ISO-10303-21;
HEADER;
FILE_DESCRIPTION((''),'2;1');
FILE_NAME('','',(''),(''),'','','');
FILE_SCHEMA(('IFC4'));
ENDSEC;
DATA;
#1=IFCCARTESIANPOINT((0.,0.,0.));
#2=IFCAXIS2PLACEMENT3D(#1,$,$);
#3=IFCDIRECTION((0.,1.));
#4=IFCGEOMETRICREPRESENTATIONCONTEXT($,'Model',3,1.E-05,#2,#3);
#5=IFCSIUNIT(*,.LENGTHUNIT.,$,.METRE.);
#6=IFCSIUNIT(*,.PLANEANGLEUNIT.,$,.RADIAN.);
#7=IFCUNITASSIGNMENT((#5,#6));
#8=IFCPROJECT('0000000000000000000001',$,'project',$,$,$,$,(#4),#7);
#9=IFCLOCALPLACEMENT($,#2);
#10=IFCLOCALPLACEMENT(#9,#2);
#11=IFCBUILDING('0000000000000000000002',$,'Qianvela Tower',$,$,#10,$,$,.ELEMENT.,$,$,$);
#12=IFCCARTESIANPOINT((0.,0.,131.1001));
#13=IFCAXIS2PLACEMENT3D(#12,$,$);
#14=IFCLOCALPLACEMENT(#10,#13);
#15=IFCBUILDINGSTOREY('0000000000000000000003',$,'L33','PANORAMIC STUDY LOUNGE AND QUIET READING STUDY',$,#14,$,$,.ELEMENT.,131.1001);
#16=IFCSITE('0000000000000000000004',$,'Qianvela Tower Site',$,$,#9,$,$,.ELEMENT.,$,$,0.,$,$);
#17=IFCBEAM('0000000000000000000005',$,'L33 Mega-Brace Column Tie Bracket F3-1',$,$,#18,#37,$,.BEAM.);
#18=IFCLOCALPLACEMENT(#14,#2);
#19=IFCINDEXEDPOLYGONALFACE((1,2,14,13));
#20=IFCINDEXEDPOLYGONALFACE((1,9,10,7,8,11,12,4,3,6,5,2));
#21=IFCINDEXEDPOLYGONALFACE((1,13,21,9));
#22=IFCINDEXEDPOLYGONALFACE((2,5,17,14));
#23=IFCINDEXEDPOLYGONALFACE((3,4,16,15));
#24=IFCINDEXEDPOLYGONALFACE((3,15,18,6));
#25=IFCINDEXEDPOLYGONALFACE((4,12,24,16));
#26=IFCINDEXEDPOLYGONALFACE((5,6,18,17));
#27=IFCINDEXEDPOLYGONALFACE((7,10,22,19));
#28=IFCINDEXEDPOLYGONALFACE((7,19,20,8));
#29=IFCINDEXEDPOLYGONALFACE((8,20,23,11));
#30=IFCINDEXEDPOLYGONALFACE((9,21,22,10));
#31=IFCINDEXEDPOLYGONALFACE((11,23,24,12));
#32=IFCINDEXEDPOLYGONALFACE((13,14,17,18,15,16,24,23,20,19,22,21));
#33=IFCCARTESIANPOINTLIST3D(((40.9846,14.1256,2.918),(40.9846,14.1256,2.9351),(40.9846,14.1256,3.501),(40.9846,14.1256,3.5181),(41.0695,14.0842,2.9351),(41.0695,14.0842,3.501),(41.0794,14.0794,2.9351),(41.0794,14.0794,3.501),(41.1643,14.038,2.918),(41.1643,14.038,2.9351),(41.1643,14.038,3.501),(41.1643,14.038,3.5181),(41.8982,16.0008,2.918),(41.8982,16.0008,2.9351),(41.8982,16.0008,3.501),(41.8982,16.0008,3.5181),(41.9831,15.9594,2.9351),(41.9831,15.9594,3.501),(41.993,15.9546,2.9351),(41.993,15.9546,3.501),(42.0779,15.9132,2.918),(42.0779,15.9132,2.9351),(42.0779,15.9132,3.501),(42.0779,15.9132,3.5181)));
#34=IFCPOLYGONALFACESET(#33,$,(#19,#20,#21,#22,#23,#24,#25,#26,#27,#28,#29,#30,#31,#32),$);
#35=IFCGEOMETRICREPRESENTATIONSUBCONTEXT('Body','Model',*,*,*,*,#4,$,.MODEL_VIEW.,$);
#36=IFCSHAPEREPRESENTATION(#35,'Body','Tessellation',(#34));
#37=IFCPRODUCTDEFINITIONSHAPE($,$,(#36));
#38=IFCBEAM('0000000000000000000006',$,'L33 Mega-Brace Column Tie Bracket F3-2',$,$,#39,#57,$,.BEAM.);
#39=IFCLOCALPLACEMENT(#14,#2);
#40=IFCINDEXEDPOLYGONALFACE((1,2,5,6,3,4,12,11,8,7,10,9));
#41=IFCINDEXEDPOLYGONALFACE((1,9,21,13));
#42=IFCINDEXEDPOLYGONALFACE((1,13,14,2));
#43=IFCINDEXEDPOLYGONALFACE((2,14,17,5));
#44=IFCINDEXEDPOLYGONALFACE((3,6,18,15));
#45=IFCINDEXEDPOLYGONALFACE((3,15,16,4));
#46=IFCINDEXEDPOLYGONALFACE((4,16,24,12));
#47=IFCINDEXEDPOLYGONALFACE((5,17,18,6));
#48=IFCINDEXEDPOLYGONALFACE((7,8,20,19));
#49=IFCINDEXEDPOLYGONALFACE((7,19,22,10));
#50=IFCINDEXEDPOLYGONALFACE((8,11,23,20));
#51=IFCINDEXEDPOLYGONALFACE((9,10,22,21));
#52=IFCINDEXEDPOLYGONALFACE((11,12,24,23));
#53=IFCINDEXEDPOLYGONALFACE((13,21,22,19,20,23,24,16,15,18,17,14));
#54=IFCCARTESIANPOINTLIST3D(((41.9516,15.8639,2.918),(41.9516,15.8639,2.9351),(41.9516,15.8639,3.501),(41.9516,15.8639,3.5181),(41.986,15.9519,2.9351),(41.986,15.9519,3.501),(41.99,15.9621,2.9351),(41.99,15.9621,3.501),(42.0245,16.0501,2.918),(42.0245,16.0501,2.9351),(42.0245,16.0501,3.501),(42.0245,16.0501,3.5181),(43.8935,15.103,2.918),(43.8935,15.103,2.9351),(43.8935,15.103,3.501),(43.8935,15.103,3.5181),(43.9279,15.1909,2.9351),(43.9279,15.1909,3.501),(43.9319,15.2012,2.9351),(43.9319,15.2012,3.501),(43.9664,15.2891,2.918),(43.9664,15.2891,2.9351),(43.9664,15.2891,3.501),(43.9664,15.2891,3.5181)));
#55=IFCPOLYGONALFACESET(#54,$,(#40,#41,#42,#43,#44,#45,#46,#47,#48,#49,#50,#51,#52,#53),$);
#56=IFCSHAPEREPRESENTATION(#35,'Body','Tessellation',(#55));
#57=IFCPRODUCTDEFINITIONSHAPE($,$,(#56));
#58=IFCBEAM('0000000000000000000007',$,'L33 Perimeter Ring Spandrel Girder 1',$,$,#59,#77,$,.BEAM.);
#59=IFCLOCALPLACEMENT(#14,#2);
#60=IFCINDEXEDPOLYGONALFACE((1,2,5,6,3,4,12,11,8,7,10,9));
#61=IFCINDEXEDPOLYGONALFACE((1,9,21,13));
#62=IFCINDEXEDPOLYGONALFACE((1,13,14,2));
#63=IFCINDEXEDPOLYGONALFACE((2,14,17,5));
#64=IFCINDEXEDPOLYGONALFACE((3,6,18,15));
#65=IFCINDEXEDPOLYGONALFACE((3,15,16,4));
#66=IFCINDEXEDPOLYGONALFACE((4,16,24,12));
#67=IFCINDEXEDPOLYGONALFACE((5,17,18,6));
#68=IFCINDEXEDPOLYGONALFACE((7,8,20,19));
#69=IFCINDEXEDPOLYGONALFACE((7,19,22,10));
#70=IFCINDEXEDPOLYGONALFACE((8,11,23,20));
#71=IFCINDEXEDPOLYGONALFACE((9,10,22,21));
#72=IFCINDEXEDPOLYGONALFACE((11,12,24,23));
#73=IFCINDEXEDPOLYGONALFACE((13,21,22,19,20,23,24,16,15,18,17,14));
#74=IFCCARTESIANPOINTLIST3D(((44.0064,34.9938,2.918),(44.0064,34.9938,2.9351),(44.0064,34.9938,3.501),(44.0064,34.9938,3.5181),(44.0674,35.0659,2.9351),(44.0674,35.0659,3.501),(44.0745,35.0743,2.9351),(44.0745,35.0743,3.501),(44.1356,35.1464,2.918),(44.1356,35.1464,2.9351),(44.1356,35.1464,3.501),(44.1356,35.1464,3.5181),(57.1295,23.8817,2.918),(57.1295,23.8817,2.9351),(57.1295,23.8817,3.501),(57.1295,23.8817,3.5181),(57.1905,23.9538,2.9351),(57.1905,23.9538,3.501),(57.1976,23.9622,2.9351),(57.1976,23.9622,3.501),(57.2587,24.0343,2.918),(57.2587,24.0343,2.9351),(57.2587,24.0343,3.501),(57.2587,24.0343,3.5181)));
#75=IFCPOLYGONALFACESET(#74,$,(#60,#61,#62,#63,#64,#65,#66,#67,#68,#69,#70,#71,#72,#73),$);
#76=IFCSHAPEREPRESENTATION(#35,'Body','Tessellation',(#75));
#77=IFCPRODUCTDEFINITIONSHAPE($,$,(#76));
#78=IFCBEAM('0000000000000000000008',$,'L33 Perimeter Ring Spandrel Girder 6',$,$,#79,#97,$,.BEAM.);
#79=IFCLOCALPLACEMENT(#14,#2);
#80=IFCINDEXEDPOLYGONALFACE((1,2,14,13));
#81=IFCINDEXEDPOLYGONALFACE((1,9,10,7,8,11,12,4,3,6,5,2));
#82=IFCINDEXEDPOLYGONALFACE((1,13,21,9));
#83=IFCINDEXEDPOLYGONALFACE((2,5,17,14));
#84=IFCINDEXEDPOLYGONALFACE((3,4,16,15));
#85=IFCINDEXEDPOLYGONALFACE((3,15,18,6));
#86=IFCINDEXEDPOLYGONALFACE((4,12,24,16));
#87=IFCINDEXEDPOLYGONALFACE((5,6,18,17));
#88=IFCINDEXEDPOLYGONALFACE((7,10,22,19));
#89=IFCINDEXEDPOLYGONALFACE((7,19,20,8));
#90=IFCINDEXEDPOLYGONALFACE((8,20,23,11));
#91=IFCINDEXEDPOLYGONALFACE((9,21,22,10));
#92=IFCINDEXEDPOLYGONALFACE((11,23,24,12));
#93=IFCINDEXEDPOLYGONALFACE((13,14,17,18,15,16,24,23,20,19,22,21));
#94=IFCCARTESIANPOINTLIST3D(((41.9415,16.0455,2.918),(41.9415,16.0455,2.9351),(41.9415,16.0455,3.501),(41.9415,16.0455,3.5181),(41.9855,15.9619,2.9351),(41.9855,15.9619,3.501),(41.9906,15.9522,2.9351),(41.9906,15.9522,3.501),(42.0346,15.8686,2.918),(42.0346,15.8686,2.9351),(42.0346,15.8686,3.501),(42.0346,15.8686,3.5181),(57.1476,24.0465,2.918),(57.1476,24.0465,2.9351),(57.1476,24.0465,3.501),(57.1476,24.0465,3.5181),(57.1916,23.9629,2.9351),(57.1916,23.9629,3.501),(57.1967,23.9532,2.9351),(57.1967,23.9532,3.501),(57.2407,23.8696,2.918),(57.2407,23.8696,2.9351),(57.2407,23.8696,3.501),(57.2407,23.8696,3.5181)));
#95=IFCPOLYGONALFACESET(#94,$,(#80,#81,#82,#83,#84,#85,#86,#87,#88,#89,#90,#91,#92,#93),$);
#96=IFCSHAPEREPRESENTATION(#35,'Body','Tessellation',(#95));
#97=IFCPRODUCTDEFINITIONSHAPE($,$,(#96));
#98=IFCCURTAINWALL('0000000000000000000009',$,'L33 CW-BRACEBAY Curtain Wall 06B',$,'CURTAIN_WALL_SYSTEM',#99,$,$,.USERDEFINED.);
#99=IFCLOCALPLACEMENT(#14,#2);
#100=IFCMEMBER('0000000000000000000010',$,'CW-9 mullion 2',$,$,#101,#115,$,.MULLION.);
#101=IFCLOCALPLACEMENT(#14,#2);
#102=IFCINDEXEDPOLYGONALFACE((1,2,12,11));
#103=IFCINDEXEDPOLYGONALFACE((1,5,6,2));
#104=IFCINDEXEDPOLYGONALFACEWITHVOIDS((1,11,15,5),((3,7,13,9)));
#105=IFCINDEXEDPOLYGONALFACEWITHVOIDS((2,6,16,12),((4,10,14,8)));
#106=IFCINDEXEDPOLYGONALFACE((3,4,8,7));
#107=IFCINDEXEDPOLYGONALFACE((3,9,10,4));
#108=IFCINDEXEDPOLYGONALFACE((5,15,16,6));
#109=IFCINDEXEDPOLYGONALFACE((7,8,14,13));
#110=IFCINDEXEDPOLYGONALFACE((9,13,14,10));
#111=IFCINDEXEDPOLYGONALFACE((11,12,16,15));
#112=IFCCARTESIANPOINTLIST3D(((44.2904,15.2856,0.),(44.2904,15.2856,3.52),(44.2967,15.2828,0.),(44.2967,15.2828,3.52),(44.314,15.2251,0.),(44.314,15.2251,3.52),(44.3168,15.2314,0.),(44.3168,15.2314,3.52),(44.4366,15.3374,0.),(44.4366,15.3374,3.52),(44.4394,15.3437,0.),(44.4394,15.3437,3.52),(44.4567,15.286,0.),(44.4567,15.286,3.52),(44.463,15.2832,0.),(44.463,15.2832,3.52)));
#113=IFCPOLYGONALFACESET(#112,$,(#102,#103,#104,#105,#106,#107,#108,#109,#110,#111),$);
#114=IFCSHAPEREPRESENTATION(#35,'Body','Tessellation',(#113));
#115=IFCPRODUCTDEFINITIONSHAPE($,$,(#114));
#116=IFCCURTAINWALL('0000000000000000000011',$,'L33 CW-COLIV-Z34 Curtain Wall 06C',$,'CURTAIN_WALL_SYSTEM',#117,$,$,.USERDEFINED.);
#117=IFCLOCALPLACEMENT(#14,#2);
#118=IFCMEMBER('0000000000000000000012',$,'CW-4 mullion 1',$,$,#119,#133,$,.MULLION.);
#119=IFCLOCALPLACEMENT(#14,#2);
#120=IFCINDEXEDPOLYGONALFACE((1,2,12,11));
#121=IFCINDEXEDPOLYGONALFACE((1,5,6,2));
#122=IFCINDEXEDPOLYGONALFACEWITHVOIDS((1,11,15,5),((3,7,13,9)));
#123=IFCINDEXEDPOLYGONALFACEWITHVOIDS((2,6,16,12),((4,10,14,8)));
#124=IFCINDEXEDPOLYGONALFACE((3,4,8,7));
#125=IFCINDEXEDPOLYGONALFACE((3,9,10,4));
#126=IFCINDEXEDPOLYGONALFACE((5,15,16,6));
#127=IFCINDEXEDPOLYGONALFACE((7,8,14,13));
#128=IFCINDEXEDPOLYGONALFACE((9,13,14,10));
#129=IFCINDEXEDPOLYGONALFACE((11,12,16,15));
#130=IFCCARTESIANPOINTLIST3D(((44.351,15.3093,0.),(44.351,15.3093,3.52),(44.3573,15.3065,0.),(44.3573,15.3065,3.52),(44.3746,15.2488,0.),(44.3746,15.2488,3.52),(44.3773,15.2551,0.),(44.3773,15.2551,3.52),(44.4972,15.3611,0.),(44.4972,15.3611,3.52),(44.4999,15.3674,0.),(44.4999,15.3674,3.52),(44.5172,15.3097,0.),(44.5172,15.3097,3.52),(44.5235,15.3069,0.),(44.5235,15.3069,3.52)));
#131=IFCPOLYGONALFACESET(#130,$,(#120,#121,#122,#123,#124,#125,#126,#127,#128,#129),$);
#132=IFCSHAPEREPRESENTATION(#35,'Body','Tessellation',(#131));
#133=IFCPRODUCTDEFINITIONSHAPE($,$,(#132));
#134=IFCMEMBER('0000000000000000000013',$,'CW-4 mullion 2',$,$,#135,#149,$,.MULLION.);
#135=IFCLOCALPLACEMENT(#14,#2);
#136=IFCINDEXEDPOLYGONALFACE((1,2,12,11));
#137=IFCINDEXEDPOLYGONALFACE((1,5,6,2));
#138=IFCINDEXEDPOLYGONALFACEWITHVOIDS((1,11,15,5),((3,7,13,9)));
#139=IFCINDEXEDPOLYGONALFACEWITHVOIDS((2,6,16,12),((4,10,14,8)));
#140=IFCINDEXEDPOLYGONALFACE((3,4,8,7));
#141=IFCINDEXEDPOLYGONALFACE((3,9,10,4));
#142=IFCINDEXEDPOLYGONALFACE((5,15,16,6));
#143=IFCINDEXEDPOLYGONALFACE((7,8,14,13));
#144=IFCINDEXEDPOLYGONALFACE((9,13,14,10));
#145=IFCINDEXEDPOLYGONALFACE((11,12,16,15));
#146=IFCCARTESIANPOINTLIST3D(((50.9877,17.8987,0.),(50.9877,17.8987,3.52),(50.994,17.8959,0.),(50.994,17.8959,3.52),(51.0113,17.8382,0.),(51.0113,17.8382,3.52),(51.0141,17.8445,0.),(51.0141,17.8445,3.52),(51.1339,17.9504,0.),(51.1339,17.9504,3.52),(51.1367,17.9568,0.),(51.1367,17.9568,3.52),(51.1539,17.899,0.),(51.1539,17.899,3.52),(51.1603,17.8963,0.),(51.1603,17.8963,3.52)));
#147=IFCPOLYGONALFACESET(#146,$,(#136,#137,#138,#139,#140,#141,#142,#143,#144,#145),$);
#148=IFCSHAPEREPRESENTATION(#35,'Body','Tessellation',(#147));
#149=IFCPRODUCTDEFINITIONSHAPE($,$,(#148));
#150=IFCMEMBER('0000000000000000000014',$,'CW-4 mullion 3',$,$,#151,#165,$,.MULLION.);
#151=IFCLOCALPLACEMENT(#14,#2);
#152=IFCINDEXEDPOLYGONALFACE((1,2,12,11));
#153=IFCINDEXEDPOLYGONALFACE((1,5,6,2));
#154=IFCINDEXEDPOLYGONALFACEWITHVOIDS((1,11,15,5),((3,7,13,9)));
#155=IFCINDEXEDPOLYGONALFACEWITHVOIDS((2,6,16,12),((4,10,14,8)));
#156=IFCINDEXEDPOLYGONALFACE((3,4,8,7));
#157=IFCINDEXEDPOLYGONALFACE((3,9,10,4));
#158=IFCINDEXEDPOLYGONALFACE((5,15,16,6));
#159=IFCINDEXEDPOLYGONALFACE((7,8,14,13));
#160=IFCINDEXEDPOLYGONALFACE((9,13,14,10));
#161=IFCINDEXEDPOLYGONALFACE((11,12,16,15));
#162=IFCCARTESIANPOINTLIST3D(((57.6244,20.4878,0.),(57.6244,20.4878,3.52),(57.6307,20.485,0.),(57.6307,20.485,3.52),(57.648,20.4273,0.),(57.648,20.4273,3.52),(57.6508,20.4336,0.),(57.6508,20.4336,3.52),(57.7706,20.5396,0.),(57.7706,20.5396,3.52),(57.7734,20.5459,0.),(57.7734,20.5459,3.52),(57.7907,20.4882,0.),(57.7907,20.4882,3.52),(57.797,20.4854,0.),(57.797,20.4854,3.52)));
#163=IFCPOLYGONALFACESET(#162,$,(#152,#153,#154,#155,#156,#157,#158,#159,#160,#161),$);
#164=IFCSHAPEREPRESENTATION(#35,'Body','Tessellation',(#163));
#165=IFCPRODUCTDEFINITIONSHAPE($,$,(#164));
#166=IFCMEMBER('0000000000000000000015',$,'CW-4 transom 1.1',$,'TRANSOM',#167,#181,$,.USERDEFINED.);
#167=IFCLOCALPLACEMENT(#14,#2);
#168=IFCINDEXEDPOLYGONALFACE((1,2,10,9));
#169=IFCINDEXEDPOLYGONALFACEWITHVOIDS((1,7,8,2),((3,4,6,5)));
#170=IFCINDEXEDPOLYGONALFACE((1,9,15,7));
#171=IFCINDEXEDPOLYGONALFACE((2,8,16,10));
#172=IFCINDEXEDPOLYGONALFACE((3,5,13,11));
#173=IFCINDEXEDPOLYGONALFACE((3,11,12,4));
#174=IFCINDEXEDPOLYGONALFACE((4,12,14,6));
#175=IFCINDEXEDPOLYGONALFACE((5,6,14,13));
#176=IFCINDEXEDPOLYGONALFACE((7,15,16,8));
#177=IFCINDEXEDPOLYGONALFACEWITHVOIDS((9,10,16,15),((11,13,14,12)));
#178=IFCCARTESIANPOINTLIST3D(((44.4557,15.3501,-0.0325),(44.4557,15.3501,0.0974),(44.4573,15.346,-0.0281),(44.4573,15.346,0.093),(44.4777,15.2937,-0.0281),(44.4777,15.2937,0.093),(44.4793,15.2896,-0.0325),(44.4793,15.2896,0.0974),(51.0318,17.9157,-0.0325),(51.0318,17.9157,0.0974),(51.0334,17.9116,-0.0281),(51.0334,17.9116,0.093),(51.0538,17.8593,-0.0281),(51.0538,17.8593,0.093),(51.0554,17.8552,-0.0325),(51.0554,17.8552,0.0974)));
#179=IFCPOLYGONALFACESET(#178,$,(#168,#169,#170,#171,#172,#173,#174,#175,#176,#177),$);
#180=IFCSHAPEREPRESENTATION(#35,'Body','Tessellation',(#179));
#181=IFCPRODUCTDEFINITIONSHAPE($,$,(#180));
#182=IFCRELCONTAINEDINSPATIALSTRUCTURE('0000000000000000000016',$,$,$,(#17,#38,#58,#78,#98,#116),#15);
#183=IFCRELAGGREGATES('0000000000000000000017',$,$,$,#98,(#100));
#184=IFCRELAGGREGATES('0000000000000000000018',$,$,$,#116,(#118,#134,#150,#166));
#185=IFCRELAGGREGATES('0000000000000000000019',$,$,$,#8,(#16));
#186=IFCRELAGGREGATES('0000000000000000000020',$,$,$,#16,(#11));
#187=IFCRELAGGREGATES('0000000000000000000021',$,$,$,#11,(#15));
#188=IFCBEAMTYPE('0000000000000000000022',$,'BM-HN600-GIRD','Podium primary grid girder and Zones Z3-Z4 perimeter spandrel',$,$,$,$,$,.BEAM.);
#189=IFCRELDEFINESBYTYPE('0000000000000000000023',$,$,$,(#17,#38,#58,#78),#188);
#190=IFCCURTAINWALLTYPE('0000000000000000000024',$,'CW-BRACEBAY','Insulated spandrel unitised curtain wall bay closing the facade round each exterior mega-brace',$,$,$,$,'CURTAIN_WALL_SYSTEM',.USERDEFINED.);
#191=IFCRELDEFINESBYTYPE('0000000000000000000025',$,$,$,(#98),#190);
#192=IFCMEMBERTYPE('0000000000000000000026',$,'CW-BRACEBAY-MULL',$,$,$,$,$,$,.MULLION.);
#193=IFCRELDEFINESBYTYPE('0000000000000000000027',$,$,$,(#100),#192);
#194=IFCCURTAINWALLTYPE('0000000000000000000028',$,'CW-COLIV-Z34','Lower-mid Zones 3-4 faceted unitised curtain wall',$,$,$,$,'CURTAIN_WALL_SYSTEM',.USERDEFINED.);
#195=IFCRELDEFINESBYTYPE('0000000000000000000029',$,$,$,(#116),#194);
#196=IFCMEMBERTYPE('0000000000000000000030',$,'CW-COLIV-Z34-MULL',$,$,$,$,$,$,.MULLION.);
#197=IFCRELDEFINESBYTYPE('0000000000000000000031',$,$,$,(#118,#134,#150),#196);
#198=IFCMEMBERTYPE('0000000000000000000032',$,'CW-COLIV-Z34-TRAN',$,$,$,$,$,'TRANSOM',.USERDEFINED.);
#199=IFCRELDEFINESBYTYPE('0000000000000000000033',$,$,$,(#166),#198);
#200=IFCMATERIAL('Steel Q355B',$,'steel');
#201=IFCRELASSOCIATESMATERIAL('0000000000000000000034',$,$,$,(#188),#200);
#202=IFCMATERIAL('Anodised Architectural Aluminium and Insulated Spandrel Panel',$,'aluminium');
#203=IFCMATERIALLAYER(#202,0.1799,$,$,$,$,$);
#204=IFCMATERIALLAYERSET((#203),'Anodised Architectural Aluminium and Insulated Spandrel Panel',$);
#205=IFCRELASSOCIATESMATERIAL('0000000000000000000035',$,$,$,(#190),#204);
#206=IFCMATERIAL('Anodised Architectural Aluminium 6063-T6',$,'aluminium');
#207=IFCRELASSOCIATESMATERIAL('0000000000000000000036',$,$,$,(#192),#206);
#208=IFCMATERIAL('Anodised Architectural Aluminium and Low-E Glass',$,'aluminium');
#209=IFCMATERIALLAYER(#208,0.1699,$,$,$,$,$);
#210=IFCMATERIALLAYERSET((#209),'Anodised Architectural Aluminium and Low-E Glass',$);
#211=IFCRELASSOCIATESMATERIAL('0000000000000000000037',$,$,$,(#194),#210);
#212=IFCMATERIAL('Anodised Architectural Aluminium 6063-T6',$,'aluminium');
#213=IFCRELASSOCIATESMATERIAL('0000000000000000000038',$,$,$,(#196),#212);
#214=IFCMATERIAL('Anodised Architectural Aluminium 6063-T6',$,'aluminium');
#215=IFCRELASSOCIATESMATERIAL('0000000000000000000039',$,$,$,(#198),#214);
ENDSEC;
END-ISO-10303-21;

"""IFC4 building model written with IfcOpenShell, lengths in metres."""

from ifc_helpers import new_model, si_unit, direction, frame, origin, origin_2d, place, context, subcontext, project, spatial, hollow_rectangle, i_section, extrude, material, layer, layer_set, material_profile, profile_set, type_object, element, aggregate, save


model = new_model("IFC4")

# Units and contexts
model_context = context("Model", 3, precision=1e-05, world=origin(), true_north=direction((0.0, 1.0)))
body_context = subcontext(model_context, "Body", "Model", "MODEL_VIEW")
ifc_project = project(units=[si_unit("LENGTHUNIT", "METRE"), si_unit("PLANEANGLEUNIT", "RADIAN")], contexts=[model_context])

# Site, building, storey
site_placement = place(None, origin())
site = spatial("IfcSite", under=ifc_project, at=site_placement, Name="Qianvela Tower Site", CompositionType="ELEMENT", RefElevation=0.0)
building_placement = place(site_placement, origin())
building = spatial("IfcBuilding", under=site, at=building_placement, Name="Qianvela Tower", CompositionType="ELEMENT")
storey_placement = place(building_placement, frame((0.0, 0.0, 131.1001)))
storey = spatial("IfcBuildingStorey", under=building, at=storey_placement, Name="L33", Description="PANORAMIC STUDY LOUNGE AND QUIET READING STUDY", CompositionType="ELEMENT", Elevation=131.1001)

# Beams
ifc_material_1 = material(Name="Steel Q355B", Category="steel")
ifc_material_profile_1 = material_profile(ifc_material_1, i_section(OverallWidth=0.2, OverallDepth=0.6001, WebThickness=0.011, FlangeThickness=0.0171, at=origin_2d()), Name="HN600x200x11x17")
ifc_profile_set_1 = profile_set([ifc_material_profile_1], Name="Steel Q355B")
beam_type = type_object("IfcBeamType", Name="BM-HN600-GIRD", Description="Podium primary grid girder and Zones Z3-Z4 perimeter spandrel", PredefinedType="BEAM", material=ifc_profile_set_1)
beam_1_placement = place(storey_placement, frame((41.988, 15.957, 3.218), z_axis=(-0.437967, -0.898991, 0.0), x_axis=(0.898991, -0.437967, 0.0)))
element("IfcBeam", 1, at=beam_1_placement, inside=storey, type_object=beam_type, Name="L33 Mega-Brace Column Tie Bracket F3-1", PredefinedType="BEAM", context=body_context, shape_type="SweptSolid", body=[
    extrude(i_section(OverallWidth=0.2, OverallDepth=0.6001, WebThickness=0.011, FlangeThickness=0.0171, at=origin_2d()), origin(), (0.0, 0.0, 1.0), 2.0859),
])
beam_2_placement = place(storey_placement, frame((41.988, 15.957, 3.218), z_axis=(0.931061, -0.364863, 0.0), x_axis=(0.364863, 0.931061, 0.0)))
element("IfcBeam", 2, at=beam_2_placement, inside=storey, type_object=beam_type, Name="L33 Mega-Brace Column Tie Bracket F3-2", PredefinedType="BEAM", context=body_context, shape_type="SweptSolid", body=[
    extrude(i_section(OverallWidth=0.2, OverallDepth=0.6001, WebThickness=0.011, FlangeThickness=0.0171, at=origin_2d()), origin(), (0.0, 0.0, 1.0), 2.0857),
])
beam_3_placement = place(storey_placement, frame((57.1941, 23.958, 3.218), z_axis=(-0.763158, 0.646211, 0.0), x_axis=(-0.646211, -0.763158, 0.0)))
element("IfcBeam", 3, at=beam_3_placement, inside=storey, type_object=beam_type, Name="L33 Perimeter Ring Spandrel Girder 1", PredefinedType="BEAM", context=body_context, shape_type="SweptSolid", body=[
    extrude(i_section(OverallWidth=0.2, OverallDepth=0.6001, WebThickness=0.011, FlangeThickness=0.0171, at=origin_2d()), origin(), (0.0, 0.0, 1.0), 17.1958),
])
beam_4_placement = place(storey_placement, frame((41.988, 15.957, 3.218), z_axis=(0.884971, 0.465646, 0.0), x_axis=(-0.465646, 0.884971, 0.0)))
element("IfcBeam", 4, at=beam_4_placement, inside=storey, type_object=beam_type, Name="L33 Perimeter Ring Spandrel Girder 6", PredefinedType="BEAM", context=body_context, shape_type="SweptSolid", body=[
    extrude(i_section(OverallWidth=0.2, OverallDepth=0.6001, WebThickness=0.011, FlangeThickness=0.0171, at=origin_2d()), origin(), (0.0, 0.0, 1.0), 17.1826),
])

# Curtain wall, member
ifc_material_2 = material(Name="Anodised Architectural Aluminium and Insulated Spandrel Panel", Category="aluminium")
ifc_layer_1 = layer(ifc_material_2, 0.1799)
ifc_layer_set_1 = layer_set([ifc_layer_1], Name="Anodised Architectural Aluminium and Insulated Spandrel Panel")
curtain_wall_type_1 = type_object("IfcCurtainWallType", Name="CW-BRACEBAY", Description="Insulated spandrel unitised curtain wall bay closing the facade round each exterior mega-brace", ElementType="CURTAIN_WALL_SYSTEM", PredefinedType="USERDEFINED", material=ifc_layer_set_1)
curtain_wall_1_placement = place(storey_placement, origin())
curtain_wall_1 = element("IfcCurtainWall", 5, at=curtain_wall_1_placement, inside=storey, type_object=curtain_wall_type_1, Name="L33 CW-BRACEBAY Curtain Wall 06B", ObjectType="CURTAIN_WALL_SYSTEM", PredefinedType="USERDEFINED")
ifc_material_3 = material(Name="Anodised Architectural Aluminium 6063-T6", Category="aluminium")
ifc_material_profile_2 = material_profile(ifc_material_3, hollow_rectangle(XDim=0.0649, YDim=0.1599, WallThickness=0.0049, at=origin_2d()), Name="ALU-MULL-65x160")
ifc_profile_set_2 = profile_set([ifc_material_profile_2], Name="Anodised Architectural Aluminium 6063-T6")
member_type_1 = type_object("IfcMemberType", Name="CW-BRACEBAY-MULL", PredefinedType="MULLION", material=ifc_profile_set_2)
member_1_placement = place(storey_placement, frame((44.3767, 15.2844, 0.0), z_axis=(0.0, 0.0, 1.0), x_axis=(-0.363471, 0.931605, 0.0)))
member_1 = element("IfcMember", 6, at=member_1_placement, type_object=member_type_1, Name="CW-9 mullion 2", PredefinedType="MULLION", context=body_context, shape_type="SweptSolid", body=[
    extrude(hollow_rectangle(XDim=0.0649, YDim=0.1599, WallThickness=0.0049, at=origin_2d()), origin(), (0.0, 0.0, 1.0), 3.52),
])

# Curtain wall, members
ifc_material_4 = material(Name="Anodised Architectural Aluminium and Low-E Glass", Category="aluminium")
ifc_layer_2 = layer(ifc_material_4, 0.1699)
ifc_layer_set_2 = layer_set([ifc_layer_2], Name="Anodised Architectural Aluminium and Low-E Glass")
curtain_wall_type_2 = type_object("IfcCurtainWallType", Name="CW-COLIV-Z34", Description="Lower-mid Zones 3-4 faceted unitised curtain wall", ElementType="CURTAIN_WALL_SYSTEM", PredefinedType="USERDEFINED", material=ifc_layer_set_2)
curtain_wall_2_placement = place(storey_placement, origin())
curtain_wall_2 = element("IfcCurtainWall", 7, at=curtain_wall_2_placement, inside=storey, type_object=curtain_wall_type_2, Name="L33 CW-COLIV-Z34 Curtain Wall 06C", ObjectType="CURTAIN_WALL_SYSTEM", PredefinedType="USERDEFINED")
ifc_material_5 = material(Name="Anodised Architectural Aluminium 6063-T6", Category="aluminium")
ifc_material_profile_3 = material_profile(ifc_material_5, hollow_rectangle(XDim=0.0649, YDim=0.1599, WallThickness=0.0049, at=origin_2d()), Name="ALU-MULL-65x160")
ifc_profile_set_3 = profile_set([ifc_material_profile_3], Name="Anodised Architectural Aluminium 6063-T6")
member_type_2 = type_object("IfcMemberType", Name="CW-COLIV-Z34-MULL", PredefinedType="MULLION", material=ifc_profile_set_3)
member_2_placement = place(storey_placement, frame((44.4373, 15.3081, 0.0), z_axis=(0.0, 0.0, 1.0), x_axis=(-0.363459, 0.93161, 0.0)))
member_2 = element("IfcMember", 8, at=member_2_placement, type_object=member_type_2, Name="CW-4 mullion 1", PredefinedType="MULLION", context=body_context, shape_type="SweptSolid", body=[
    extrude(hollow_rectangle(XDim=0.0649, YDim=0.1599, WallThickness=0.0049, at=origin_2d()), origin(), (0.0, 0.0, 1.0), 3.52),
])
member_3_placement = place(storey_placement, frame((51.074, 17.8975, 0.0), z_axis=(0.0, 0.0, 1.0), x_axis=(-0.363459, 0.93161, 0.0)))
member_3 = element("IfcMember", 9, at=member_3_placement, type_object=member_type_2, Name="CW-4 mullion 2", PredefinedType="MULLION", context=body_context, shape_type="SweptSolid", body=[
    extrude(hollow_rectangle(XDim=0.0649, YDim=0.1599, WallThickness=0.0049, at=origin_2d()), origin(), (0.0, 0.0, 1.0), 3.52),
])
member_4_placement = place(storey_placement, frame((57.7107, 20.4866, 0.0), z_axis=(0.0, 0.0, 1.0), x_axis=(-0.363459, 0.93161, 0.0)))
member_4 = element("IfcMember", 10, at=member_4_placement, type_object=member_type_2, Name="CW-4 mullion 3", PredefinedType="MULLION", context=body_context, shape_type="SweptSolid", body=[
    extrude(hollow_rectangle(XDim=0.0649, YDim=0.1599, WallThickness=0.0049, at=origin_2d()), origin(), (0.0, 0.0, 1.0), 3.52),
])
ifc_material_6 = material(Name="Anodised Architectural Aluminium 6063-T6", Category="aluminium")
ifc_material_profile_4 = material_profile(ifc_material_6, hollow_rectangle(XDim=0.0649, YDim=0.1299, WallThickness=0.0044, at=origin_2d()), Name="ALU-TRAN-65x130")
ifc_profile_set_4 = profile_set([ifc_material_profile_4], Name="Anodised Architectural Aluminium 6063-T6")
member_type_3 = type_object("IfcMemberType", Name="CW-COLIV-Z34-TRAN", ElementType="TRANSOM", PredefinedType="USERDEFINED", material=ifc_profile_set_4)
member_5_placement = place(storey_placement, frame((44.4675, 15.3198, 0.0325), z_axis=(0.931608, 0.363464, 0.0), x_axis=(-0.363464, 0.931608, 0.0)))
member_5 = element("IfcMember", 11, at=member_5_placement, type_object=member_type_3, Name="CW-4 transom 1.1", ObjectType="TRANSOM", PredefinedType="USERDEFINED", context=body_context, shape_type="SweptSolid", body=[
    extrude(hollow_rectangle(XDim=0.0649, YDim=0.1299, WallThickness=0.0044, at=origin_2d()), origin(), (0.0, 0.0, 1.0), 7.0588),
])

aggregate(curtain_wall_1, [member_1])
aggregate(curtain_wall_2, [member_2, member_3, member_4, member_5])

save(model, "model.ifc")
